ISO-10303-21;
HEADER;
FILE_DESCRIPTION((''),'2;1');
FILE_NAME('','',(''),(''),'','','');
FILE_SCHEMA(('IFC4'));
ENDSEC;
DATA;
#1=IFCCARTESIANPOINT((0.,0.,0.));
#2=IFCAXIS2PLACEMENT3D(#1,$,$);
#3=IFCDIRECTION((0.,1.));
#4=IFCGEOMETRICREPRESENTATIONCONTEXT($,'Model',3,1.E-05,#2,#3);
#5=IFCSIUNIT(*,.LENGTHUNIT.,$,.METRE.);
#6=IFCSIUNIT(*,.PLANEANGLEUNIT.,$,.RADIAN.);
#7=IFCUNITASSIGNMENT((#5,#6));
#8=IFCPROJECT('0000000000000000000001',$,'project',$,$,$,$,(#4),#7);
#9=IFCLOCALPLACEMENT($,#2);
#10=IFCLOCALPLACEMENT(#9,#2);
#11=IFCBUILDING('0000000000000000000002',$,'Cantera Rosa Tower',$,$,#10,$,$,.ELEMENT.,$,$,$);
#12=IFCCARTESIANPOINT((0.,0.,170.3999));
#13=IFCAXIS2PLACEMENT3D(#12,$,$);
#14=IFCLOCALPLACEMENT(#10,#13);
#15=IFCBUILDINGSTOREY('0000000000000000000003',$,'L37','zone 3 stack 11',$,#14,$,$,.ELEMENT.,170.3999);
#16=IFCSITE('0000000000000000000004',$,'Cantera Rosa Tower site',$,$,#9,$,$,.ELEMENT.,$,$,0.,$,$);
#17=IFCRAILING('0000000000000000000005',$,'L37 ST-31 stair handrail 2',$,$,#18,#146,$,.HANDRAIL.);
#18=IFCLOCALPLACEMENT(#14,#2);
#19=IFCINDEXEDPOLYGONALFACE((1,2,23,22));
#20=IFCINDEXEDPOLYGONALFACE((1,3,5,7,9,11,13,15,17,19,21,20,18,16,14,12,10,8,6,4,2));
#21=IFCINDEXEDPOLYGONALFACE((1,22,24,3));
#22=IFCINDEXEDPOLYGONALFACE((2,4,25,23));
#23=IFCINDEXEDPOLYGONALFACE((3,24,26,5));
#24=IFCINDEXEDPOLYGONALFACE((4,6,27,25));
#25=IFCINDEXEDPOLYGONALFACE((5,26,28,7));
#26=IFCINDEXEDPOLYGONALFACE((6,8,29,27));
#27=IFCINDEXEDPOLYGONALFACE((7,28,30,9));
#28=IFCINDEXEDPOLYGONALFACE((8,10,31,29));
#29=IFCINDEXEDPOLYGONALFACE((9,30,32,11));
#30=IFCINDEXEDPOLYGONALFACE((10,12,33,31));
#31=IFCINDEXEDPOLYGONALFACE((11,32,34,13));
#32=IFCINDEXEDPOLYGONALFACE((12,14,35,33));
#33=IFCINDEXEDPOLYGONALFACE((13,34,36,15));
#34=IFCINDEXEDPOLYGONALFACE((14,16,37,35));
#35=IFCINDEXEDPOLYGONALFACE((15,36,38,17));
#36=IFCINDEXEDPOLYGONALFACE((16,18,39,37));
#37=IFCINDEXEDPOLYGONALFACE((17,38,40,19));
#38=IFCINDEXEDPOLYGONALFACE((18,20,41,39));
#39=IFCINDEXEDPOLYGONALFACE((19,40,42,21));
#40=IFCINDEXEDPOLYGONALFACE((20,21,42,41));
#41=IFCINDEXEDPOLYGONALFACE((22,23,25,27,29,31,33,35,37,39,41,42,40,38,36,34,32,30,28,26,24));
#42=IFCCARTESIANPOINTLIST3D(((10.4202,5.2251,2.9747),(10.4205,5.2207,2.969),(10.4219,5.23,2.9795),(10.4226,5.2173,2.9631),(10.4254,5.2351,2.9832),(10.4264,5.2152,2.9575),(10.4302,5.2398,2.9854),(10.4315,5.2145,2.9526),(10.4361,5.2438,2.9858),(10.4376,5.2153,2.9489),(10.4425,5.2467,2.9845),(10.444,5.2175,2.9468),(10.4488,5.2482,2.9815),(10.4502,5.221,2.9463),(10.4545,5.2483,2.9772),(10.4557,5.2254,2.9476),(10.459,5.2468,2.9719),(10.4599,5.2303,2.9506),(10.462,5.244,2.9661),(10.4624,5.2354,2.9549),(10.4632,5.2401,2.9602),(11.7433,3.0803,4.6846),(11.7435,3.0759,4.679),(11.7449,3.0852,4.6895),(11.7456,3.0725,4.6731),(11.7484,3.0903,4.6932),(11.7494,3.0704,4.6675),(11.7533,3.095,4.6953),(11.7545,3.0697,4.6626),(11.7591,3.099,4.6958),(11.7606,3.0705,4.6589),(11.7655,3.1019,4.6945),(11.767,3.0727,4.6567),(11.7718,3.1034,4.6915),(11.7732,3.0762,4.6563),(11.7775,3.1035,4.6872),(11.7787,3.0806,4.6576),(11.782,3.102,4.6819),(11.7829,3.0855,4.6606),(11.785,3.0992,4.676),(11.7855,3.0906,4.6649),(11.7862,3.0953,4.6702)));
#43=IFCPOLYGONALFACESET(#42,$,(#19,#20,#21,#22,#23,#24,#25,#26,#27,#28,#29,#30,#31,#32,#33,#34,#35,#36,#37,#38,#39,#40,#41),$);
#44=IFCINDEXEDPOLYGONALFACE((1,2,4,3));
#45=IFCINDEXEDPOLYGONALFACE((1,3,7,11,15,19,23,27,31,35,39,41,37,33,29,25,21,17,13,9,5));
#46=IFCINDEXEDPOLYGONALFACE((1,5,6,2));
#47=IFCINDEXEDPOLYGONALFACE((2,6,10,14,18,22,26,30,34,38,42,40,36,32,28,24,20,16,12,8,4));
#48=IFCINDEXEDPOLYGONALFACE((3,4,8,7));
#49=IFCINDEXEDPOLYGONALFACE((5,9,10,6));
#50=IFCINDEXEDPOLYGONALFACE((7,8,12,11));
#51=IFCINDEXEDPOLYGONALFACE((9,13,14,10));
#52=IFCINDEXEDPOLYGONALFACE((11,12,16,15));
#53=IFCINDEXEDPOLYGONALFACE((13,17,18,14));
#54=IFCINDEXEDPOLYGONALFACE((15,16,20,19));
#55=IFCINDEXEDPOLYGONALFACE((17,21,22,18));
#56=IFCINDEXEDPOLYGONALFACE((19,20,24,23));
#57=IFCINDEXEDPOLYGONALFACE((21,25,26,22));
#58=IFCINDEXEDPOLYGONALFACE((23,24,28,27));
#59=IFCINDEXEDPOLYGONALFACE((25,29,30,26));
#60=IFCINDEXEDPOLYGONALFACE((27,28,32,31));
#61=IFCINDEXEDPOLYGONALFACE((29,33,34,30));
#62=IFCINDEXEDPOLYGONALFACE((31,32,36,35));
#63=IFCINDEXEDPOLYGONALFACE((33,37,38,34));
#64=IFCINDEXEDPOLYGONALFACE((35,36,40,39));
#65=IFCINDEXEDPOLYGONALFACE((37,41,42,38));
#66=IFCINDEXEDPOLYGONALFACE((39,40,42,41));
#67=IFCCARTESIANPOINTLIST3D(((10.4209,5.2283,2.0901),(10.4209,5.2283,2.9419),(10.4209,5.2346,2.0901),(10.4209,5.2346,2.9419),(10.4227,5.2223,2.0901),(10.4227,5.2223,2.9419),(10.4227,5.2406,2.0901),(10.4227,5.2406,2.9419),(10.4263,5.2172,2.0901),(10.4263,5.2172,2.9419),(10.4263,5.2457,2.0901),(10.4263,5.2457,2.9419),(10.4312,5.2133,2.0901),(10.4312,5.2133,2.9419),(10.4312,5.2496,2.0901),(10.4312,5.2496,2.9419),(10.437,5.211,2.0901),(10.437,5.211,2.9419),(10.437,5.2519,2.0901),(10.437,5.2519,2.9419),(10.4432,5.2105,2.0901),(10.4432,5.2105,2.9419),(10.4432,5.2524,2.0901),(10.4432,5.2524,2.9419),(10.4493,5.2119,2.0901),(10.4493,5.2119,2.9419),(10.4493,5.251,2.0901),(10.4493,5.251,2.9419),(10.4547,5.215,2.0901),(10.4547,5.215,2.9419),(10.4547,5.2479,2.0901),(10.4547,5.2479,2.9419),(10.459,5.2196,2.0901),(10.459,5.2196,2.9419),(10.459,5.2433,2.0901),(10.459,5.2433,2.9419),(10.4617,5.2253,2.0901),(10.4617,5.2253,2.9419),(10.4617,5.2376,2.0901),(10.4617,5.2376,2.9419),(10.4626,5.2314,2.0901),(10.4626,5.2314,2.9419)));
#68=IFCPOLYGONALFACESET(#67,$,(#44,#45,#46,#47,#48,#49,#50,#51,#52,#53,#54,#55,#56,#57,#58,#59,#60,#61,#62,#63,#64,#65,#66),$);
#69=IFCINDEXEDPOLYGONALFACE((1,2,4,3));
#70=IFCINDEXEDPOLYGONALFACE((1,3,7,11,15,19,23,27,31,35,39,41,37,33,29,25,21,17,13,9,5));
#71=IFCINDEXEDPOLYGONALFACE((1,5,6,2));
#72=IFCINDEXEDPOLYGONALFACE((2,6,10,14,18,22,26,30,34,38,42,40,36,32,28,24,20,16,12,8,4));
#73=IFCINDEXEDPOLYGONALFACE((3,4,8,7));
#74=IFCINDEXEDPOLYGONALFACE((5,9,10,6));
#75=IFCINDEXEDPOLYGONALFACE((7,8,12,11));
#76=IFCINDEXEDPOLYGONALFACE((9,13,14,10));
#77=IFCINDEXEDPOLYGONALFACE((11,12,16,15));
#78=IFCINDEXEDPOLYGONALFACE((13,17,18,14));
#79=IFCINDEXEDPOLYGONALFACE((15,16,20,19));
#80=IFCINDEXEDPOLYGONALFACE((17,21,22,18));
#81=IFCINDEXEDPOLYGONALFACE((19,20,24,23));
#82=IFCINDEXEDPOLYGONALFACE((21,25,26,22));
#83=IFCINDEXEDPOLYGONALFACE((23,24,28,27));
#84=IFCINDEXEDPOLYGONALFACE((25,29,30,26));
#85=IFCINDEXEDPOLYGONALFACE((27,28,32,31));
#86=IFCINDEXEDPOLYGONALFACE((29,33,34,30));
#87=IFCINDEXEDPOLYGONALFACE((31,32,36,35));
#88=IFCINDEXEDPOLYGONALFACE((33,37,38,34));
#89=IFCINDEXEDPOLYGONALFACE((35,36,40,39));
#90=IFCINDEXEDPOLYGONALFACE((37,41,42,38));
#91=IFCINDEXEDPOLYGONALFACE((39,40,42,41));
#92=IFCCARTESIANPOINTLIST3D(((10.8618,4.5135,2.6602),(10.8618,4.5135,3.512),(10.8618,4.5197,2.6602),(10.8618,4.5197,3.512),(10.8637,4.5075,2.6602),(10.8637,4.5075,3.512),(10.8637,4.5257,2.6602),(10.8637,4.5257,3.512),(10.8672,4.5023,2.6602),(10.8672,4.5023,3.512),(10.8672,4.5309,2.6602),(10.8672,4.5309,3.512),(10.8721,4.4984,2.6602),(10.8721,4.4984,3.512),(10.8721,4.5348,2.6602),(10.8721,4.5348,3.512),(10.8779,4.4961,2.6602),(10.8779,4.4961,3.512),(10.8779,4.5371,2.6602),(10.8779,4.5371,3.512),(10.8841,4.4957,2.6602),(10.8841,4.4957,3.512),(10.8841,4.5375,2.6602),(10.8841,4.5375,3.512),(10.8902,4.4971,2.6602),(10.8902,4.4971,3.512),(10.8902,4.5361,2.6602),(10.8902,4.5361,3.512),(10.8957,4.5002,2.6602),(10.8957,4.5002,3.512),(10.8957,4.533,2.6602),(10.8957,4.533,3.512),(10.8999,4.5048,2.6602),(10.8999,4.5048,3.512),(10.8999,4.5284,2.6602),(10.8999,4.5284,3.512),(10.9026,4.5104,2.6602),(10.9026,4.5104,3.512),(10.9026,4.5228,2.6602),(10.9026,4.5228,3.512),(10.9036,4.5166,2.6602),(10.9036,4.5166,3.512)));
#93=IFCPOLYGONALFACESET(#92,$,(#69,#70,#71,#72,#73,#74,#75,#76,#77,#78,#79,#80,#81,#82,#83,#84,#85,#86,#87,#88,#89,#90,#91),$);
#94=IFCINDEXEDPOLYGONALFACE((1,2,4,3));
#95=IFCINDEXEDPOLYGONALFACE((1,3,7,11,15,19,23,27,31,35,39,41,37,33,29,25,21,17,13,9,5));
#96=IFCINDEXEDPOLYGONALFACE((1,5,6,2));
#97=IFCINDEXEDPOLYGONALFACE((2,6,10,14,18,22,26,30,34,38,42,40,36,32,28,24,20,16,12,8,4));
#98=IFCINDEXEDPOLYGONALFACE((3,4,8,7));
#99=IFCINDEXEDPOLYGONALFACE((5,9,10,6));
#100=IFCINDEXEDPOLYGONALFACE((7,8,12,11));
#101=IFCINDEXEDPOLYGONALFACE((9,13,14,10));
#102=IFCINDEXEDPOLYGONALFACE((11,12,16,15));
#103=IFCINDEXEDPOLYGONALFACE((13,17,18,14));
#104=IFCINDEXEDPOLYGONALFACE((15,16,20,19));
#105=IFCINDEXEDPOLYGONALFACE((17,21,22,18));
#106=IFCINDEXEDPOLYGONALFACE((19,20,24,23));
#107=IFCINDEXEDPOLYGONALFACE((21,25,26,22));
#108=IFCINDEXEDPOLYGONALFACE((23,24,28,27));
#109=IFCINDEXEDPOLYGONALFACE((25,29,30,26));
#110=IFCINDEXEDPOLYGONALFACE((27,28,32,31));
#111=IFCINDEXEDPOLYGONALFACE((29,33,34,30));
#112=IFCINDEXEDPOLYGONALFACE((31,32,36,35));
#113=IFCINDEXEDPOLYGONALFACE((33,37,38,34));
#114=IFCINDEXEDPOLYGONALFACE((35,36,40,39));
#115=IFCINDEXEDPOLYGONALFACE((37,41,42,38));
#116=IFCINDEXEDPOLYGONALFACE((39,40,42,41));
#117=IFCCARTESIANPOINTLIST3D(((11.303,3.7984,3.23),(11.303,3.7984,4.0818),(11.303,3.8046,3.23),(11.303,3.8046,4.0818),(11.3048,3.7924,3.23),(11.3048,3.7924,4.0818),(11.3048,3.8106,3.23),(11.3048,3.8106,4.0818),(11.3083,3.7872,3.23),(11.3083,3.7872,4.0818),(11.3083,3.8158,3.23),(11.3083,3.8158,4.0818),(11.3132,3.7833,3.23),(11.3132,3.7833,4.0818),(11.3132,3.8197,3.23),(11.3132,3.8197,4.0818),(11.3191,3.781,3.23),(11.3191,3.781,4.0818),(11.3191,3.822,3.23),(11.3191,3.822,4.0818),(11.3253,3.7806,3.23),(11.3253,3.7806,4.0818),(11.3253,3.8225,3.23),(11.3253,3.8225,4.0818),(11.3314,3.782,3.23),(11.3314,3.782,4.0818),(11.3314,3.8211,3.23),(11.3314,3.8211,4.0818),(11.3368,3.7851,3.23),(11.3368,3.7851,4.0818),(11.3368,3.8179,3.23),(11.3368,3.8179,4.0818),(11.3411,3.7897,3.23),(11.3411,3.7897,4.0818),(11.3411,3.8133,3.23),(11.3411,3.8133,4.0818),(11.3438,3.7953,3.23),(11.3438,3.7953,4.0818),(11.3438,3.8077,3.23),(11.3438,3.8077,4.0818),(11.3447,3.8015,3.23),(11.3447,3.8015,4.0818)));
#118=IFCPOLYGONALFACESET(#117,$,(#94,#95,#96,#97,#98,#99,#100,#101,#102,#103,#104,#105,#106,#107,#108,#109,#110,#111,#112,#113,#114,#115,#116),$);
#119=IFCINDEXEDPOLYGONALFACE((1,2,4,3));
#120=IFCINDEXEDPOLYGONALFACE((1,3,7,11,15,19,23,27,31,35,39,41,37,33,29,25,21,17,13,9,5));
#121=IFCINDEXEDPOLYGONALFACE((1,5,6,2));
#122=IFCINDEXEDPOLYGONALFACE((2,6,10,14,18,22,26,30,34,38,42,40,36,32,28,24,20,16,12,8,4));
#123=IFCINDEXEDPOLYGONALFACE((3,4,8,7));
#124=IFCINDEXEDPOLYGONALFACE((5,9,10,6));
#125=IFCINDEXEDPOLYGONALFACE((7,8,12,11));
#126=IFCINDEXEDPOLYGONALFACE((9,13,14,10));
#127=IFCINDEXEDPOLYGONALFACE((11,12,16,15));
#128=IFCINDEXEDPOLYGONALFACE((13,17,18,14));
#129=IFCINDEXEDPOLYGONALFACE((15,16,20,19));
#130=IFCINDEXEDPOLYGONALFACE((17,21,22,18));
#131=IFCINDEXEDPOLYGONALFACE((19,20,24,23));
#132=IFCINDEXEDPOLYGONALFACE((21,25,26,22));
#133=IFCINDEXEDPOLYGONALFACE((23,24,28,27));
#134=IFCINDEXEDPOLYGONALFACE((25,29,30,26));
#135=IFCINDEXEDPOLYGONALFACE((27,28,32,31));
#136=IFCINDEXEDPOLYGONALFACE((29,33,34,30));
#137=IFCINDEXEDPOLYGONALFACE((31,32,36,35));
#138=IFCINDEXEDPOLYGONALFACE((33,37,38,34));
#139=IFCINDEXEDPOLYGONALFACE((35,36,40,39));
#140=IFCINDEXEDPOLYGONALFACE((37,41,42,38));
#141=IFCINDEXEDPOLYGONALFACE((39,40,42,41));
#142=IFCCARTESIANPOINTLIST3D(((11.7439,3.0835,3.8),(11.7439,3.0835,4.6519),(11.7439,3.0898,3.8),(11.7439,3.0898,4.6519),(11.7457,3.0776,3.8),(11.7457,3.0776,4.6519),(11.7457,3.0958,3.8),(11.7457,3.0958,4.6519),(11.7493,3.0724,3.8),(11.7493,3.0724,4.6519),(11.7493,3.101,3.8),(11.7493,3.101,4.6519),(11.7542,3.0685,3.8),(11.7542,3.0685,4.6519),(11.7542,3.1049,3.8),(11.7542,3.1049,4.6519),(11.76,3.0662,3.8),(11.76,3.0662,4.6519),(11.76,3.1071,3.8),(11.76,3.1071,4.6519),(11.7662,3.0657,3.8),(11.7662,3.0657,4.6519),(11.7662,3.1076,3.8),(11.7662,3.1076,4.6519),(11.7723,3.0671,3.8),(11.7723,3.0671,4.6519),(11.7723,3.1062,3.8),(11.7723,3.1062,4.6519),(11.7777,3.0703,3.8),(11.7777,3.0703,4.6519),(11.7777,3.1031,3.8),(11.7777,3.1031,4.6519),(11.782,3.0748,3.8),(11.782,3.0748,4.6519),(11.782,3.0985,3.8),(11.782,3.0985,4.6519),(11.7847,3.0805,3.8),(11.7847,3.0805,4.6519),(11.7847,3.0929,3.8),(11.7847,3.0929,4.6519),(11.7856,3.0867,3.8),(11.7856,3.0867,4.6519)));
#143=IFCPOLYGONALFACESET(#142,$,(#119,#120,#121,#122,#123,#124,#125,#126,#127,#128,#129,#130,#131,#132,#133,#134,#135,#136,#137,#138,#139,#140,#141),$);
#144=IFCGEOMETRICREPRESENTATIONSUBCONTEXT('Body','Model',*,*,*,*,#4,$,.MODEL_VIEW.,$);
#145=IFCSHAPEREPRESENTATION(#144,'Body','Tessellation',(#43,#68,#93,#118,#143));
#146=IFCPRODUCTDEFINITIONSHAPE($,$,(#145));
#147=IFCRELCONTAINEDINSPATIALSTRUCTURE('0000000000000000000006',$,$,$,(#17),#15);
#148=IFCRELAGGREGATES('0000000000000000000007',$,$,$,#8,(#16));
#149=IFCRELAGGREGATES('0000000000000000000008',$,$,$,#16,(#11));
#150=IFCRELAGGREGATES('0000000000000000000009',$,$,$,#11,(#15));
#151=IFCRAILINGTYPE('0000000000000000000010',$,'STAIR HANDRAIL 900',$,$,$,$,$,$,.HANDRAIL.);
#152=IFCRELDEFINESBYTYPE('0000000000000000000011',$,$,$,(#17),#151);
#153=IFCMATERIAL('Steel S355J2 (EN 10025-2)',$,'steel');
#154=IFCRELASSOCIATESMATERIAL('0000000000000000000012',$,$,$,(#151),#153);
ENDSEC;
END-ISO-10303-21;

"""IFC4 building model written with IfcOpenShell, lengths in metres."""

from ifc_helpers import new_model, si_unit, direction, frame, origin, origin_2d, place, context, subcontext, project, spatial, circle, extrude, material, type_object, element, save


model = new_model("IFC4")

# Units and contexts
model_context = context("Model", 3, precision=1e-05, world=origin(), true_north=direction((0.0, 1.0)))
body_context = subcontext(model_context, "Body", "Model", "MODEL_VIEW")
ifc_project = project(units=[si_unit("LENGTHUNIT", "METRE"), si_unit("PLANEANGLEUNIT", "RADIAN")], contexts=[model_context])

# Site, building, storey
site_placement = place(None, origin())
site = spatial("IfcSite", under=ifc_project, at=site_placement, Name="Cantera Rosa Tower site", CompositionType="ELEMENT", RefElevation=0.0)
building_placement = place(site_placement, origin())
building = spatial("IfcBuilding", under=site, at=building_placement, Name="Cantera Rosa Tower", CompositionType="ELEMENT")
storey_placement = place(building_placement, frame((0.0, 0.0, 170.3999)))
storey = spatial("IfcBuildingStorey", under=building, at=storey_placement, Name="L37", Description="zone 3 stack 11", CompositionType="ELEMENT", Elevation=170.3999)

# Railing
ifc_material_1 = material(Name="Steel S355J2 (EN 10025-2)", Category="steel")
railing_type_1 = type_object("IfcRailingType", Name="STAIR HANDRAIL 900", PredefinedType="HANDRAIL", material=ifc_material_1)
railing_1_placement = place(storey_placement, frame((10.4417, 5.2314, 2.0901)))
element("IfcRailing", 1, at=railing_1_placement, inside=storey, type_object=railing_type_1, Name="L37 ST-31 stair handrail 2", PredefinedType="HANDRAIL", context=body_context, shape_type="SweptSolid", body=[
    extrude(circle(Radius=0.0239, at=origin_2d()), frame((0.0, 0.0, 0.876), z_axis=(0.434428, -0.704271, 0.561493), x_axis=(0.851102, 0.525, 0.0)), (0.0, 0.0, 1.0), 3.0454),
    extrude(circle(Radius=0.021, at=origin_2d()), origin(), (0.0, 0.0, 1.0), 0.8518),
    extrude(circle(Radius=0.021, at=origin_2d()), frame((0.4409, -0.7148, 0.5701)), (0.0, 0.0, 1.0), 0.8518),
    extrude(circle(Radius=0.021, at=origin_2d()), frame((0.8821, -1.4299, 1.1399)), (0.0, 0.0, 1.0), 0.8518),
    extrude(circle(Radius=0.021, at=origin_2d()), frame((1.323, -2.1448, 1.71)), (0.0, 0.0, 1.0), 0.8518),
])

save(model, "model.ifc")
